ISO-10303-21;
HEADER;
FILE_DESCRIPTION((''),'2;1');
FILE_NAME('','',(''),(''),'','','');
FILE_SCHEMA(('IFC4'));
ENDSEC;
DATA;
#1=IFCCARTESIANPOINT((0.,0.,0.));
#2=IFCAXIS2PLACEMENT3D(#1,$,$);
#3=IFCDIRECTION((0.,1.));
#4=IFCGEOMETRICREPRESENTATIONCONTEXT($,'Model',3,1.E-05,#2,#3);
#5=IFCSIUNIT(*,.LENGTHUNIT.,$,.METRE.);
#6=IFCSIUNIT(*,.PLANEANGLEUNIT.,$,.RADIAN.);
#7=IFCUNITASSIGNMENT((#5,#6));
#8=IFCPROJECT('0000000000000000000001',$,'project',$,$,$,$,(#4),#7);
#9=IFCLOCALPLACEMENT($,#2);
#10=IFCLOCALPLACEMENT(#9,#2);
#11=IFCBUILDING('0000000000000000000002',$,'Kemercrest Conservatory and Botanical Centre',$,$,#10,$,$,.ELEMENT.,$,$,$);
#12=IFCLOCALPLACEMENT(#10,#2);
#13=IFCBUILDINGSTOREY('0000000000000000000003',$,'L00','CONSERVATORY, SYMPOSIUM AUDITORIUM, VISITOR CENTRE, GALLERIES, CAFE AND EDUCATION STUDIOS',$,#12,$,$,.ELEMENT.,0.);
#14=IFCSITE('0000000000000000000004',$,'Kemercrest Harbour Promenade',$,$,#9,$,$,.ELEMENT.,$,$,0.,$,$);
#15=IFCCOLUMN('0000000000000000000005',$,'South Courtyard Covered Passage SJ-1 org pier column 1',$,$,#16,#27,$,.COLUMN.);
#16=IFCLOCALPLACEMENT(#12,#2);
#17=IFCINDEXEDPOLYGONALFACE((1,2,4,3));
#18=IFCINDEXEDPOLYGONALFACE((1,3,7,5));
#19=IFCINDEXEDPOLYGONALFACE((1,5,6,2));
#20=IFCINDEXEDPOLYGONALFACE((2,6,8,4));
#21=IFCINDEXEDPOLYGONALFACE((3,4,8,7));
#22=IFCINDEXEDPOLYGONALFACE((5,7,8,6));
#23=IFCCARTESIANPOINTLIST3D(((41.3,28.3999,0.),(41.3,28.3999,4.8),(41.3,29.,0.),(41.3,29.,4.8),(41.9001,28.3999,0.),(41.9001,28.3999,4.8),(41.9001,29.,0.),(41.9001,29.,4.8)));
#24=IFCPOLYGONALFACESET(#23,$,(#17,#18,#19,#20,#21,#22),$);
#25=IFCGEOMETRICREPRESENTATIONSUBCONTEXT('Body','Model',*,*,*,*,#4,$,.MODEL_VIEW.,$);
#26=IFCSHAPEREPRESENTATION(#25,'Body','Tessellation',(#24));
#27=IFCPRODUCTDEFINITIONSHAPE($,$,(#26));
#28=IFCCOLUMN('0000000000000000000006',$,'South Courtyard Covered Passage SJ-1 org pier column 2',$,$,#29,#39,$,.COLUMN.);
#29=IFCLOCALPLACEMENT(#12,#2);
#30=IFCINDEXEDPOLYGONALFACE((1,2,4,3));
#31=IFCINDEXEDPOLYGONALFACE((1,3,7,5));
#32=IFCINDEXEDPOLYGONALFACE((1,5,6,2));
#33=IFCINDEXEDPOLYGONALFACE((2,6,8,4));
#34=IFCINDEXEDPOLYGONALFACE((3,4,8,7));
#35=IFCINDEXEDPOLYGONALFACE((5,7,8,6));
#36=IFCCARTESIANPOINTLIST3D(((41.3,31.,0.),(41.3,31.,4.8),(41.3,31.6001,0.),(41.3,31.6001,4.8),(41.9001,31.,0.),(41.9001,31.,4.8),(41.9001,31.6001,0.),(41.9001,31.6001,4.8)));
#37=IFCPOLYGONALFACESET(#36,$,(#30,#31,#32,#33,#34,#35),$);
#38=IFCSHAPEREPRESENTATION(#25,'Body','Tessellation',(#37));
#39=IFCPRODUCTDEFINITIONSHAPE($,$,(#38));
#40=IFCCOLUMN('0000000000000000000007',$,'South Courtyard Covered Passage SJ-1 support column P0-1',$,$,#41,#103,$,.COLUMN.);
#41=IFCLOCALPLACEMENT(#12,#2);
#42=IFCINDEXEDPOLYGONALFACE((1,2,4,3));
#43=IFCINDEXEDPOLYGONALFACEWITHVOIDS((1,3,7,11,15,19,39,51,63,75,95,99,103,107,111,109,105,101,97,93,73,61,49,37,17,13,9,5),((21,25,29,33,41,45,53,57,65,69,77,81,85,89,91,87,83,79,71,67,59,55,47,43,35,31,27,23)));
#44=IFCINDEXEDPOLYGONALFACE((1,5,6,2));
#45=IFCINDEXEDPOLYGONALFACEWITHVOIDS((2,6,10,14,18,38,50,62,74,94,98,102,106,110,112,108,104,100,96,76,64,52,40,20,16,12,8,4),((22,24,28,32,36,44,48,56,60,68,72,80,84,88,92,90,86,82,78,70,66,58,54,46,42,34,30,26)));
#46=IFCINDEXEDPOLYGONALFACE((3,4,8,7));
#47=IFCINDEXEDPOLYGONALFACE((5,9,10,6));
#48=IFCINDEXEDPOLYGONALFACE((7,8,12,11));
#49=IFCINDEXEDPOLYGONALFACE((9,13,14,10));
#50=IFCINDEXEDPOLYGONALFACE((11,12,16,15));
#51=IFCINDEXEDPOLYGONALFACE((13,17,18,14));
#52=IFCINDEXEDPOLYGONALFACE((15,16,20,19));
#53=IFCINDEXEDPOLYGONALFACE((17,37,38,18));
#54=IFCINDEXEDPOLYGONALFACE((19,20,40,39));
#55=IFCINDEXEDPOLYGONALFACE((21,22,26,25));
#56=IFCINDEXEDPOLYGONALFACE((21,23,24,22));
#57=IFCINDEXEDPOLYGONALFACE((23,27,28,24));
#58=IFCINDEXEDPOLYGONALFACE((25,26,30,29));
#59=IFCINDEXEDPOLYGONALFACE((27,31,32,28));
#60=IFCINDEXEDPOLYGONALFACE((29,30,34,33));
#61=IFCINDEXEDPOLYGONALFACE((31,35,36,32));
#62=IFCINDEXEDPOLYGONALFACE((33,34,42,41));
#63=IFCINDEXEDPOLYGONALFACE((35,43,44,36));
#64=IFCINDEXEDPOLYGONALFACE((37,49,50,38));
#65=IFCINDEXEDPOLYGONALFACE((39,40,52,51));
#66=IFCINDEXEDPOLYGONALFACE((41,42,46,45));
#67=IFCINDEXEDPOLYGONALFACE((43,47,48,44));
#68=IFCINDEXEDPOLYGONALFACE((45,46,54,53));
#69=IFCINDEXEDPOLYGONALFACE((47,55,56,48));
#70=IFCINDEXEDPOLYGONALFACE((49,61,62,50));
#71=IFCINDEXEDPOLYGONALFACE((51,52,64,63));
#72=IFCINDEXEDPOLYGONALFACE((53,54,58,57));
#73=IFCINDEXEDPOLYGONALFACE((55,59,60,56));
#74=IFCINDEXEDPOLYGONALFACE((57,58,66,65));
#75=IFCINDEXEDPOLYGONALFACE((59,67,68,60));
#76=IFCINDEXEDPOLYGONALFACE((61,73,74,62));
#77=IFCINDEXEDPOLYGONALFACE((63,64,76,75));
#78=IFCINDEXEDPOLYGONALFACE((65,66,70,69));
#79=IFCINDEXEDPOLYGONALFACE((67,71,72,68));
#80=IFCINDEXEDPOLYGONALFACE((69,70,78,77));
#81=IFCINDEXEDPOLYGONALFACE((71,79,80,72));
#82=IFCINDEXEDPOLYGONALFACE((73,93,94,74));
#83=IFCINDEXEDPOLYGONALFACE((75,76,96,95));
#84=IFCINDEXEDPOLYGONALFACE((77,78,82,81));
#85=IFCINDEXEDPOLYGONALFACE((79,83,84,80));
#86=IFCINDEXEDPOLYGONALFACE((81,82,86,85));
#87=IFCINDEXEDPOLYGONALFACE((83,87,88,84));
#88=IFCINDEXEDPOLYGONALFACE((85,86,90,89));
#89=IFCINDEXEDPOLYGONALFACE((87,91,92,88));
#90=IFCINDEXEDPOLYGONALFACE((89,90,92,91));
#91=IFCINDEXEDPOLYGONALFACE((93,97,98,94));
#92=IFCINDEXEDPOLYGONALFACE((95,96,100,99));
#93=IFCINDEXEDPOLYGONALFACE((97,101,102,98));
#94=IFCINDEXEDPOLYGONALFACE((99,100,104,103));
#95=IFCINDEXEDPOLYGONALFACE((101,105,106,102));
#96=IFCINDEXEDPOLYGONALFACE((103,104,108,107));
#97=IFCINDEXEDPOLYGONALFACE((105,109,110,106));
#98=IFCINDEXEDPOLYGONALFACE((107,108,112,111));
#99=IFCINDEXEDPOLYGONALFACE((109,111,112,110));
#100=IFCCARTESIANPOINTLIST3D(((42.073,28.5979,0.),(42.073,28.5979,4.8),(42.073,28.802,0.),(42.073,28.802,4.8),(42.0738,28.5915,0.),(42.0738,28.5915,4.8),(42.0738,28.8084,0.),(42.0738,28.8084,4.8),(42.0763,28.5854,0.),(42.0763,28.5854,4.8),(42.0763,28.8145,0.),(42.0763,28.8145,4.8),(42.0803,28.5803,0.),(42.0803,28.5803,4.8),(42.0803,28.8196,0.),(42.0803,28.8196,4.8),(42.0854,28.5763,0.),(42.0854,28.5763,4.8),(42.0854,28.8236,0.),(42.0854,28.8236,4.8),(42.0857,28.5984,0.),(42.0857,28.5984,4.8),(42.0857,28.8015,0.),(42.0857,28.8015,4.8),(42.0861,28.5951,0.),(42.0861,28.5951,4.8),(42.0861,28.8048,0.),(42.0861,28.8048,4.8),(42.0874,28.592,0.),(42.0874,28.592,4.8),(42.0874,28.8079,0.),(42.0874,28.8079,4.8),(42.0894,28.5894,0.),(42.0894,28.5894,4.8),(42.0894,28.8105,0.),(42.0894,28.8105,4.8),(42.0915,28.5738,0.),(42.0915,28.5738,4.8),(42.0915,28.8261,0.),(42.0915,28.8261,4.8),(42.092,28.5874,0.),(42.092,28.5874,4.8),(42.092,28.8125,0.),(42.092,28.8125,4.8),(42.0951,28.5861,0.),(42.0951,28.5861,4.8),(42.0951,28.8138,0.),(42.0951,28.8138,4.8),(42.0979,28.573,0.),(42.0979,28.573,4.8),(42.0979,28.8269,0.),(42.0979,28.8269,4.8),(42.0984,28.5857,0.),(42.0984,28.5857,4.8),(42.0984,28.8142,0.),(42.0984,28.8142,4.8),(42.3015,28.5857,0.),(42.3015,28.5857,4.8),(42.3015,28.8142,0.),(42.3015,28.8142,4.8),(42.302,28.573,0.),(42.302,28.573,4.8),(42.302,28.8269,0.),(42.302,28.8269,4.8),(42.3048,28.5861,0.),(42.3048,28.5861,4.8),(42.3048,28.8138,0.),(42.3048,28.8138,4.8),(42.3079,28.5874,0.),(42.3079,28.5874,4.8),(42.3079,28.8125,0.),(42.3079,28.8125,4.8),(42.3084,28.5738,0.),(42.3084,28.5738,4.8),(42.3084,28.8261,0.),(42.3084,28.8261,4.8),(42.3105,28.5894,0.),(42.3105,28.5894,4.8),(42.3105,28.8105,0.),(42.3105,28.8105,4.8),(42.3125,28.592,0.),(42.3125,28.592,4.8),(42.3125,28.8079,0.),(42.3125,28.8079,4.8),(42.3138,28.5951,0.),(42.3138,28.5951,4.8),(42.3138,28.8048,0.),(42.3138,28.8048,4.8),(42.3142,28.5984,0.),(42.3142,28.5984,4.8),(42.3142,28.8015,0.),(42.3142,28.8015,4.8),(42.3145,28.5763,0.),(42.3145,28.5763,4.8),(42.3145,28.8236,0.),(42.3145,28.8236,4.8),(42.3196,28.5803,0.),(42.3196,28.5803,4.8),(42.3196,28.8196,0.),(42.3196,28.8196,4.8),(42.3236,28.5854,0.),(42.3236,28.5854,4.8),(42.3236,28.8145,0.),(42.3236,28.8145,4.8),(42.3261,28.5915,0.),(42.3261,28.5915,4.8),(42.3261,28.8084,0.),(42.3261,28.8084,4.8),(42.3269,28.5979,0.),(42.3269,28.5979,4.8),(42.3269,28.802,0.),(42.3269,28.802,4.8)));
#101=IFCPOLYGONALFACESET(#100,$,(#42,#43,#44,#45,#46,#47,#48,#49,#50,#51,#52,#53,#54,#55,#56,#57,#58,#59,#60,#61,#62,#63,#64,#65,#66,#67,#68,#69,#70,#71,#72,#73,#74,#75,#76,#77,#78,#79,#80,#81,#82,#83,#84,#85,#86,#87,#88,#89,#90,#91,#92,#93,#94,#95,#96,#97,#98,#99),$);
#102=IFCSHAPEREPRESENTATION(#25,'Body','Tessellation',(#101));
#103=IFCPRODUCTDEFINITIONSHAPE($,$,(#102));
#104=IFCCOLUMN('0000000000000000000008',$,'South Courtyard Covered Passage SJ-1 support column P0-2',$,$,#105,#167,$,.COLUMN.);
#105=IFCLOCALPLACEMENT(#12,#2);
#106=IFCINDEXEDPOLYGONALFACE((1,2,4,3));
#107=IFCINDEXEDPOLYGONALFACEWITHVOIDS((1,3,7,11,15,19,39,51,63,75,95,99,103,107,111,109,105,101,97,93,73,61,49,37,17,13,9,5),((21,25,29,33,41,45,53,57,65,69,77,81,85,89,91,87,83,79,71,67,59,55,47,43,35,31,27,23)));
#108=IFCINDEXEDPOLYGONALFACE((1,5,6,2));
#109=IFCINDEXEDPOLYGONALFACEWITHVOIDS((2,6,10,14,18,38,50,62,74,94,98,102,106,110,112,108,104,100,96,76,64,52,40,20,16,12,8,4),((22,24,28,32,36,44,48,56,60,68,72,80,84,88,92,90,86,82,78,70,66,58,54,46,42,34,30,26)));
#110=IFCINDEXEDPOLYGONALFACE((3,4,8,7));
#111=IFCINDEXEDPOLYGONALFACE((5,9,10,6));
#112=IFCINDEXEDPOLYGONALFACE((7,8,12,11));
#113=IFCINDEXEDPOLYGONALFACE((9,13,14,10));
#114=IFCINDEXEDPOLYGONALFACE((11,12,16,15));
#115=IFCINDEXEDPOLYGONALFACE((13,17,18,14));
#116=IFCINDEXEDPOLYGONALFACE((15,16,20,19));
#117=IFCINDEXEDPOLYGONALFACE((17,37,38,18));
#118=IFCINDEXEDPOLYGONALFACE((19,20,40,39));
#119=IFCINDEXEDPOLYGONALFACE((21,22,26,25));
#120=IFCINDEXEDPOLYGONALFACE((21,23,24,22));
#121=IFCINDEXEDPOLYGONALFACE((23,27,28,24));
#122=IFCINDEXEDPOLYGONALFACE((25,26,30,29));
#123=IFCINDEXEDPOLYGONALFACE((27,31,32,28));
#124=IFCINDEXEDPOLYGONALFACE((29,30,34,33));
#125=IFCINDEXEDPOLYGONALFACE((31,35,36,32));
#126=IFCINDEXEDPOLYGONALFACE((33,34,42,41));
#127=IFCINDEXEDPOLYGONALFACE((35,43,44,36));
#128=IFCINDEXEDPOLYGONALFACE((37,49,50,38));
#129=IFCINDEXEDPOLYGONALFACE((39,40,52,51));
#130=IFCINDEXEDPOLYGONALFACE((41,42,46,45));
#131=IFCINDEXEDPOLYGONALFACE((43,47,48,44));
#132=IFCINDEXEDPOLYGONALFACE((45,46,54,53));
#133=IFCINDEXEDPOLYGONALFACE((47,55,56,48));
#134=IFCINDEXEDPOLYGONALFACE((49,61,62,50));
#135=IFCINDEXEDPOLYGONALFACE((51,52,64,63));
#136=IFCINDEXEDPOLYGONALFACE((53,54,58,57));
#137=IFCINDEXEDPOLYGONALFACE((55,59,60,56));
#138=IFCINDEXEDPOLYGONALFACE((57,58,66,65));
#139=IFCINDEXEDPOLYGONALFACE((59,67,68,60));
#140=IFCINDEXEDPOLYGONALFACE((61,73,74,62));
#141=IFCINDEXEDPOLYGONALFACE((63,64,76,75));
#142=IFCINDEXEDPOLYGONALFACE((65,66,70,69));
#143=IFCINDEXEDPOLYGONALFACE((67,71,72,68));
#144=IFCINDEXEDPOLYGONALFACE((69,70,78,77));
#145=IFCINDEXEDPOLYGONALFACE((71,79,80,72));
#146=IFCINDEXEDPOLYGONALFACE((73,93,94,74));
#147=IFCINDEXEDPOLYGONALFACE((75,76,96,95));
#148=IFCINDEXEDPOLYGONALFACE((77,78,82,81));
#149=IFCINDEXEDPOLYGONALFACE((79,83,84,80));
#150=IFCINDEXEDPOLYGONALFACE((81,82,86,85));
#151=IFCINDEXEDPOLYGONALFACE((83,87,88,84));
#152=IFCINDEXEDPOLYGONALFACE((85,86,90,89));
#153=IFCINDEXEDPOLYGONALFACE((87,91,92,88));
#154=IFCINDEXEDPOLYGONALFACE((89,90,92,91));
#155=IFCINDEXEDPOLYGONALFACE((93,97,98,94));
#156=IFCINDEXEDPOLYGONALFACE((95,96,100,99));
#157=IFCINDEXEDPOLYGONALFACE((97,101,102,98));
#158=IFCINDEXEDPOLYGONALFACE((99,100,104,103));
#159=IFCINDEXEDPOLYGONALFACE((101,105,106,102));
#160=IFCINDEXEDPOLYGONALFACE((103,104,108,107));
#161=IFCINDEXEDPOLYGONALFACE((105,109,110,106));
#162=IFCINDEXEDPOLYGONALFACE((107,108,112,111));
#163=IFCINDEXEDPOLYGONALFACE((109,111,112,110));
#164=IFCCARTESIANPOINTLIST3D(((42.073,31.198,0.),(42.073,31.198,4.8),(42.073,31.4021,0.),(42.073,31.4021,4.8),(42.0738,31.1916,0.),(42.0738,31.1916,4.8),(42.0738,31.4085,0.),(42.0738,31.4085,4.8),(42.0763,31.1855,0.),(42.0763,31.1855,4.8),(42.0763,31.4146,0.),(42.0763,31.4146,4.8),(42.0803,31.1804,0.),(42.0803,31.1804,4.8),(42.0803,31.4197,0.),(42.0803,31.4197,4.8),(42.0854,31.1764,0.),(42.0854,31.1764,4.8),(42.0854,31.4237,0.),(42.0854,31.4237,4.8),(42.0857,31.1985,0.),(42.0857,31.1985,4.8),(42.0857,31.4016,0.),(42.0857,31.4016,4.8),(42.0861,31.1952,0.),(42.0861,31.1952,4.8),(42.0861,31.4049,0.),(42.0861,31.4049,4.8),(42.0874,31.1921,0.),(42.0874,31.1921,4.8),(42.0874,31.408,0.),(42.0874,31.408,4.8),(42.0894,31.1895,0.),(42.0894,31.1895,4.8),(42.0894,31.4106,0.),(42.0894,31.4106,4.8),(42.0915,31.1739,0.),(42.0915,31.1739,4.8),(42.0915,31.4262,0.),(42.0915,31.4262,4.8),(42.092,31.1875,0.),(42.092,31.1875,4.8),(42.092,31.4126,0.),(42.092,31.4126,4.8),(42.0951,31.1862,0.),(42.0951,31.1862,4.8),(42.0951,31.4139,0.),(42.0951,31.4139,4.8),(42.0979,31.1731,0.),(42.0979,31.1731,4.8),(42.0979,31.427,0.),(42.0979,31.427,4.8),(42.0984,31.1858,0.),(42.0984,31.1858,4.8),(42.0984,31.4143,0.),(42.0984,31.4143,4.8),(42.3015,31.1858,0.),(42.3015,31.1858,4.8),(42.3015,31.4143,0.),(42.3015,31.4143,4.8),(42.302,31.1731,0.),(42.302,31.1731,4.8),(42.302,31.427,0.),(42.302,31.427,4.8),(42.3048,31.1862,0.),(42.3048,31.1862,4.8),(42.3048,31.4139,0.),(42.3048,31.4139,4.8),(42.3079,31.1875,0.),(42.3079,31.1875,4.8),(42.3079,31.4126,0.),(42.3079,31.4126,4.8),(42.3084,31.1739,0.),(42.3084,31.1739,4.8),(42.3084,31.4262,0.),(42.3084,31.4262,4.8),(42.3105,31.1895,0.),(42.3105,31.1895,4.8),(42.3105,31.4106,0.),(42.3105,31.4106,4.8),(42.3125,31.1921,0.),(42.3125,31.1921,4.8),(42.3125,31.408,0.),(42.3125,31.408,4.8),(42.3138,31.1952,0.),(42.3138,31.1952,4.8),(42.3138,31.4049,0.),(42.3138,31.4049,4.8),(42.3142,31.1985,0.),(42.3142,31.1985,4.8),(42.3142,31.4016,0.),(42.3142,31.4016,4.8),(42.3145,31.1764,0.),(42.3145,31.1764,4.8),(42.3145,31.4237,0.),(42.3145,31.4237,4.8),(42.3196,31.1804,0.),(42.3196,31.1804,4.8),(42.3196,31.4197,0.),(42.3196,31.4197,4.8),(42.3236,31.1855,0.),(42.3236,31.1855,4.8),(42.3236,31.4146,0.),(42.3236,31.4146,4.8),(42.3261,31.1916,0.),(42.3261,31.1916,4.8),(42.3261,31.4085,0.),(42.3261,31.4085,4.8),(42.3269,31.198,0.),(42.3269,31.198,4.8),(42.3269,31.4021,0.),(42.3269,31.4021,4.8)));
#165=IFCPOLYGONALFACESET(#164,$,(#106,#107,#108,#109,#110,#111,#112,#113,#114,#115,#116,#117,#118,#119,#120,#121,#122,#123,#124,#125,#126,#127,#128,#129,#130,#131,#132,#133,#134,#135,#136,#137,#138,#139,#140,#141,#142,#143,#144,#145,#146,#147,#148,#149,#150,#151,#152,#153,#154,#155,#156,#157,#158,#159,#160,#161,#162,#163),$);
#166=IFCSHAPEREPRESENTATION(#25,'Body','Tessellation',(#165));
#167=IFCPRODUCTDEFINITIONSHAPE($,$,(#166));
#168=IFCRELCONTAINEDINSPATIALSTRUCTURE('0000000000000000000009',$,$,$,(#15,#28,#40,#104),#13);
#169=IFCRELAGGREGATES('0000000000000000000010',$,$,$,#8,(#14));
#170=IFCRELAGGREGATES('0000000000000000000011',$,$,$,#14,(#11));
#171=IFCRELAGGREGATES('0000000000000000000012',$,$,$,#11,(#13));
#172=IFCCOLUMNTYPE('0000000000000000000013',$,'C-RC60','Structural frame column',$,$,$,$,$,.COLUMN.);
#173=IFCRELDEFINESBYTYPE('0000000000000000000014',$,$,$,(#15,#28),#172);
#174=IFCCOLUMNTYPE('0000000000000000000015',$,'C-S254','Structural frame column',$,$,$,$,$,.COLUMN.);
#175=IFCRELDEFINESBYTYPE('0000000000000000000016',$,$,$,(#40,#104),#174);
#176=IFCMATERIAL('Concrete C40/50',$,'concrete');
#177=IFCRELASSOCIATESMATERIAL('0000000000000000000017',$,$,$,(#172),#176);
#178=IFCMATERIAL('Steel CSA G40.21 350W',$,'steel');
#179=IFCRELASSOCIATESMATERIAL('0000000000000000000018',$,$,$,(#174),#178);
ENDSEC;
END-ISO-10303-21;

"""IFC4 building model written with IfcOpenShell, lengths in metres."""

from ifc_helpers import new_model, si_unit, direction, frame, origin, origin_2d, place, context, subcontext, project, spatial, rectangle, hollow_rectangle, extrude, material, material_profile, profile_set, type_object, element, save


model = new_model("IFC4")

# Units and contexts
model_context = context("Model", 3, precision=1e-05, world=origin(), true_north=direction((0.0, 1.0)))
body_context = subcontext(model_context, "Body", "Model", "MODEL_VIEW")
ifc_project = project(units=[si_unit("LENGTHUNIT", "METRE"), si_unit("PLANEANGLEUNIT", "RADIAN")], contexts=[model_context])

# Site, building, storey
site_placement = place(None, origin())
site = spatial("IfcSite", under=ifc_project, at=site_placement, Name="Kemercrest Harbour Promenade", CompositionType="ELEMENT", RefElevation=0.0)
building_placement = place(site_placement, origin())
building = spatial("IfcBuilding", under=site, at=building_placement, Name="Kemercrest Conservatory and Botanical Centre", CompositionType="ELEMENT")
storey_placement = place(building_placement, origin())
storey = spatial("IfcBuildingStorey", under=building, at=storey_placement, Name="L00", Description="CONSERVATORY, SYMPOSIUM AUDITORIUM, VISITOR CENTRE, GALLERIES, CAFE AND EDUCATION STUDIOS", CompositionType="ELEMENT", Elevation=0.0)

# Columns
ifc_material_1 = material(Name="Concrete C40/50", Category="concrete")
ifc_material_profile_1 = material_profile(ifc_material_1, rectangle(XDim=0.6001, YDim=0.6001, at=origin_2d()), Name="RC 600x600")
ifc_profile_set_1 = profile_set([ifc_material_profile_1], Name="Concrete C40/50")
column_type_1 = type_object("IfcColumnType", Name="C-RC60", Description="Structural frame column", PredefinedType="COLUMN", material=ifc_profile_set_1)
for number, where, z_axis, x_axis, name in (
    (1, (41.6001, 28.7, 0.0), (0.0, 0.0, 1.0), (1.0, 0.0, 0.0), "South Courtyard Covered Passage SJ-1 org pier column 1"),
    (2, (41.6001, 31.3, 0.0), (0.0, 0.0, 1.0), (1.0, 0.0, 0.0), "South Courtyard Covered Passage SJ-1 org pier column 2"),
):
    element("IfcColumn", number, at=place(storey_placement, frame(where, z_axis=z_axis, x_axis=x_axis)), inside=storey, type_object=column_type_1, Name=name, PredefinedType="COLUMN", context=body_context, shape_type="SweptSolid", body=[
        extrude(rectangle(XDim=0.6001, YDim=0.6001, at=origin_2d()), origin(), (0.0, 0.0, 1.0), 4.8),
    ])
ifc_material_2 = material(Name="Steel CSA G40.21 350W", Category="steel")
ifc_material_profile_2 = material_profile(ifc_material_2, hollow_rectangle(XDim=0.2539, YDim=0.2539, WallThickness=0.0127, InnerFilletRadius=0.0127, OuterFilletRadius=0.0249, at=origin_2d()), Name="HSS 254x254x12.7")
ifc_profile_set_2 = profile_set([ifc_material_profile_2], Name="Steel CSA G40.21 350W")
column_type_2 = type_object("IfcColumnType", Name="C-S254", Description="Structural frame column", PredefinedType="COLUMN", material=ifc_profile_set_2)
for number, where, z_axis, x_axis, name in (
    (3, (42.2, 28.7, 0.0), (0.0, 0.0, 1.0), (1.0, 0.0, 0.0), "South Courtyard Covered Passage SJ-1 support column P0-1"),
    (4, (42.2, 31.3, 0.0), (0.0, 0.0, 1.0), (1.0, 0.0, 0.0), "South Courtyard Covered Passage SJ-1 support column P0-2"),
):
    element("IfcColumn", number, at=place(storey_placement, frame(where, z_axis=z_axis, x_axis=x_axis)), inside=storey, type_object=column_type_2, Name=name, PredefinedType="COLUMN", context=body_context, shape_type="SweptSolid", body=[
        extrude(hollow_rectangle(XDim=0.2539, YDim=0.2539, WallThickness=0.0127, InnerFilletRadius=0.0127, OuterFilletRadius=0.0249, at=origin_2d()), origin(), (0.0, 0.0, 1.0), 4.8),
    ])

save(model, "model.ifc")
